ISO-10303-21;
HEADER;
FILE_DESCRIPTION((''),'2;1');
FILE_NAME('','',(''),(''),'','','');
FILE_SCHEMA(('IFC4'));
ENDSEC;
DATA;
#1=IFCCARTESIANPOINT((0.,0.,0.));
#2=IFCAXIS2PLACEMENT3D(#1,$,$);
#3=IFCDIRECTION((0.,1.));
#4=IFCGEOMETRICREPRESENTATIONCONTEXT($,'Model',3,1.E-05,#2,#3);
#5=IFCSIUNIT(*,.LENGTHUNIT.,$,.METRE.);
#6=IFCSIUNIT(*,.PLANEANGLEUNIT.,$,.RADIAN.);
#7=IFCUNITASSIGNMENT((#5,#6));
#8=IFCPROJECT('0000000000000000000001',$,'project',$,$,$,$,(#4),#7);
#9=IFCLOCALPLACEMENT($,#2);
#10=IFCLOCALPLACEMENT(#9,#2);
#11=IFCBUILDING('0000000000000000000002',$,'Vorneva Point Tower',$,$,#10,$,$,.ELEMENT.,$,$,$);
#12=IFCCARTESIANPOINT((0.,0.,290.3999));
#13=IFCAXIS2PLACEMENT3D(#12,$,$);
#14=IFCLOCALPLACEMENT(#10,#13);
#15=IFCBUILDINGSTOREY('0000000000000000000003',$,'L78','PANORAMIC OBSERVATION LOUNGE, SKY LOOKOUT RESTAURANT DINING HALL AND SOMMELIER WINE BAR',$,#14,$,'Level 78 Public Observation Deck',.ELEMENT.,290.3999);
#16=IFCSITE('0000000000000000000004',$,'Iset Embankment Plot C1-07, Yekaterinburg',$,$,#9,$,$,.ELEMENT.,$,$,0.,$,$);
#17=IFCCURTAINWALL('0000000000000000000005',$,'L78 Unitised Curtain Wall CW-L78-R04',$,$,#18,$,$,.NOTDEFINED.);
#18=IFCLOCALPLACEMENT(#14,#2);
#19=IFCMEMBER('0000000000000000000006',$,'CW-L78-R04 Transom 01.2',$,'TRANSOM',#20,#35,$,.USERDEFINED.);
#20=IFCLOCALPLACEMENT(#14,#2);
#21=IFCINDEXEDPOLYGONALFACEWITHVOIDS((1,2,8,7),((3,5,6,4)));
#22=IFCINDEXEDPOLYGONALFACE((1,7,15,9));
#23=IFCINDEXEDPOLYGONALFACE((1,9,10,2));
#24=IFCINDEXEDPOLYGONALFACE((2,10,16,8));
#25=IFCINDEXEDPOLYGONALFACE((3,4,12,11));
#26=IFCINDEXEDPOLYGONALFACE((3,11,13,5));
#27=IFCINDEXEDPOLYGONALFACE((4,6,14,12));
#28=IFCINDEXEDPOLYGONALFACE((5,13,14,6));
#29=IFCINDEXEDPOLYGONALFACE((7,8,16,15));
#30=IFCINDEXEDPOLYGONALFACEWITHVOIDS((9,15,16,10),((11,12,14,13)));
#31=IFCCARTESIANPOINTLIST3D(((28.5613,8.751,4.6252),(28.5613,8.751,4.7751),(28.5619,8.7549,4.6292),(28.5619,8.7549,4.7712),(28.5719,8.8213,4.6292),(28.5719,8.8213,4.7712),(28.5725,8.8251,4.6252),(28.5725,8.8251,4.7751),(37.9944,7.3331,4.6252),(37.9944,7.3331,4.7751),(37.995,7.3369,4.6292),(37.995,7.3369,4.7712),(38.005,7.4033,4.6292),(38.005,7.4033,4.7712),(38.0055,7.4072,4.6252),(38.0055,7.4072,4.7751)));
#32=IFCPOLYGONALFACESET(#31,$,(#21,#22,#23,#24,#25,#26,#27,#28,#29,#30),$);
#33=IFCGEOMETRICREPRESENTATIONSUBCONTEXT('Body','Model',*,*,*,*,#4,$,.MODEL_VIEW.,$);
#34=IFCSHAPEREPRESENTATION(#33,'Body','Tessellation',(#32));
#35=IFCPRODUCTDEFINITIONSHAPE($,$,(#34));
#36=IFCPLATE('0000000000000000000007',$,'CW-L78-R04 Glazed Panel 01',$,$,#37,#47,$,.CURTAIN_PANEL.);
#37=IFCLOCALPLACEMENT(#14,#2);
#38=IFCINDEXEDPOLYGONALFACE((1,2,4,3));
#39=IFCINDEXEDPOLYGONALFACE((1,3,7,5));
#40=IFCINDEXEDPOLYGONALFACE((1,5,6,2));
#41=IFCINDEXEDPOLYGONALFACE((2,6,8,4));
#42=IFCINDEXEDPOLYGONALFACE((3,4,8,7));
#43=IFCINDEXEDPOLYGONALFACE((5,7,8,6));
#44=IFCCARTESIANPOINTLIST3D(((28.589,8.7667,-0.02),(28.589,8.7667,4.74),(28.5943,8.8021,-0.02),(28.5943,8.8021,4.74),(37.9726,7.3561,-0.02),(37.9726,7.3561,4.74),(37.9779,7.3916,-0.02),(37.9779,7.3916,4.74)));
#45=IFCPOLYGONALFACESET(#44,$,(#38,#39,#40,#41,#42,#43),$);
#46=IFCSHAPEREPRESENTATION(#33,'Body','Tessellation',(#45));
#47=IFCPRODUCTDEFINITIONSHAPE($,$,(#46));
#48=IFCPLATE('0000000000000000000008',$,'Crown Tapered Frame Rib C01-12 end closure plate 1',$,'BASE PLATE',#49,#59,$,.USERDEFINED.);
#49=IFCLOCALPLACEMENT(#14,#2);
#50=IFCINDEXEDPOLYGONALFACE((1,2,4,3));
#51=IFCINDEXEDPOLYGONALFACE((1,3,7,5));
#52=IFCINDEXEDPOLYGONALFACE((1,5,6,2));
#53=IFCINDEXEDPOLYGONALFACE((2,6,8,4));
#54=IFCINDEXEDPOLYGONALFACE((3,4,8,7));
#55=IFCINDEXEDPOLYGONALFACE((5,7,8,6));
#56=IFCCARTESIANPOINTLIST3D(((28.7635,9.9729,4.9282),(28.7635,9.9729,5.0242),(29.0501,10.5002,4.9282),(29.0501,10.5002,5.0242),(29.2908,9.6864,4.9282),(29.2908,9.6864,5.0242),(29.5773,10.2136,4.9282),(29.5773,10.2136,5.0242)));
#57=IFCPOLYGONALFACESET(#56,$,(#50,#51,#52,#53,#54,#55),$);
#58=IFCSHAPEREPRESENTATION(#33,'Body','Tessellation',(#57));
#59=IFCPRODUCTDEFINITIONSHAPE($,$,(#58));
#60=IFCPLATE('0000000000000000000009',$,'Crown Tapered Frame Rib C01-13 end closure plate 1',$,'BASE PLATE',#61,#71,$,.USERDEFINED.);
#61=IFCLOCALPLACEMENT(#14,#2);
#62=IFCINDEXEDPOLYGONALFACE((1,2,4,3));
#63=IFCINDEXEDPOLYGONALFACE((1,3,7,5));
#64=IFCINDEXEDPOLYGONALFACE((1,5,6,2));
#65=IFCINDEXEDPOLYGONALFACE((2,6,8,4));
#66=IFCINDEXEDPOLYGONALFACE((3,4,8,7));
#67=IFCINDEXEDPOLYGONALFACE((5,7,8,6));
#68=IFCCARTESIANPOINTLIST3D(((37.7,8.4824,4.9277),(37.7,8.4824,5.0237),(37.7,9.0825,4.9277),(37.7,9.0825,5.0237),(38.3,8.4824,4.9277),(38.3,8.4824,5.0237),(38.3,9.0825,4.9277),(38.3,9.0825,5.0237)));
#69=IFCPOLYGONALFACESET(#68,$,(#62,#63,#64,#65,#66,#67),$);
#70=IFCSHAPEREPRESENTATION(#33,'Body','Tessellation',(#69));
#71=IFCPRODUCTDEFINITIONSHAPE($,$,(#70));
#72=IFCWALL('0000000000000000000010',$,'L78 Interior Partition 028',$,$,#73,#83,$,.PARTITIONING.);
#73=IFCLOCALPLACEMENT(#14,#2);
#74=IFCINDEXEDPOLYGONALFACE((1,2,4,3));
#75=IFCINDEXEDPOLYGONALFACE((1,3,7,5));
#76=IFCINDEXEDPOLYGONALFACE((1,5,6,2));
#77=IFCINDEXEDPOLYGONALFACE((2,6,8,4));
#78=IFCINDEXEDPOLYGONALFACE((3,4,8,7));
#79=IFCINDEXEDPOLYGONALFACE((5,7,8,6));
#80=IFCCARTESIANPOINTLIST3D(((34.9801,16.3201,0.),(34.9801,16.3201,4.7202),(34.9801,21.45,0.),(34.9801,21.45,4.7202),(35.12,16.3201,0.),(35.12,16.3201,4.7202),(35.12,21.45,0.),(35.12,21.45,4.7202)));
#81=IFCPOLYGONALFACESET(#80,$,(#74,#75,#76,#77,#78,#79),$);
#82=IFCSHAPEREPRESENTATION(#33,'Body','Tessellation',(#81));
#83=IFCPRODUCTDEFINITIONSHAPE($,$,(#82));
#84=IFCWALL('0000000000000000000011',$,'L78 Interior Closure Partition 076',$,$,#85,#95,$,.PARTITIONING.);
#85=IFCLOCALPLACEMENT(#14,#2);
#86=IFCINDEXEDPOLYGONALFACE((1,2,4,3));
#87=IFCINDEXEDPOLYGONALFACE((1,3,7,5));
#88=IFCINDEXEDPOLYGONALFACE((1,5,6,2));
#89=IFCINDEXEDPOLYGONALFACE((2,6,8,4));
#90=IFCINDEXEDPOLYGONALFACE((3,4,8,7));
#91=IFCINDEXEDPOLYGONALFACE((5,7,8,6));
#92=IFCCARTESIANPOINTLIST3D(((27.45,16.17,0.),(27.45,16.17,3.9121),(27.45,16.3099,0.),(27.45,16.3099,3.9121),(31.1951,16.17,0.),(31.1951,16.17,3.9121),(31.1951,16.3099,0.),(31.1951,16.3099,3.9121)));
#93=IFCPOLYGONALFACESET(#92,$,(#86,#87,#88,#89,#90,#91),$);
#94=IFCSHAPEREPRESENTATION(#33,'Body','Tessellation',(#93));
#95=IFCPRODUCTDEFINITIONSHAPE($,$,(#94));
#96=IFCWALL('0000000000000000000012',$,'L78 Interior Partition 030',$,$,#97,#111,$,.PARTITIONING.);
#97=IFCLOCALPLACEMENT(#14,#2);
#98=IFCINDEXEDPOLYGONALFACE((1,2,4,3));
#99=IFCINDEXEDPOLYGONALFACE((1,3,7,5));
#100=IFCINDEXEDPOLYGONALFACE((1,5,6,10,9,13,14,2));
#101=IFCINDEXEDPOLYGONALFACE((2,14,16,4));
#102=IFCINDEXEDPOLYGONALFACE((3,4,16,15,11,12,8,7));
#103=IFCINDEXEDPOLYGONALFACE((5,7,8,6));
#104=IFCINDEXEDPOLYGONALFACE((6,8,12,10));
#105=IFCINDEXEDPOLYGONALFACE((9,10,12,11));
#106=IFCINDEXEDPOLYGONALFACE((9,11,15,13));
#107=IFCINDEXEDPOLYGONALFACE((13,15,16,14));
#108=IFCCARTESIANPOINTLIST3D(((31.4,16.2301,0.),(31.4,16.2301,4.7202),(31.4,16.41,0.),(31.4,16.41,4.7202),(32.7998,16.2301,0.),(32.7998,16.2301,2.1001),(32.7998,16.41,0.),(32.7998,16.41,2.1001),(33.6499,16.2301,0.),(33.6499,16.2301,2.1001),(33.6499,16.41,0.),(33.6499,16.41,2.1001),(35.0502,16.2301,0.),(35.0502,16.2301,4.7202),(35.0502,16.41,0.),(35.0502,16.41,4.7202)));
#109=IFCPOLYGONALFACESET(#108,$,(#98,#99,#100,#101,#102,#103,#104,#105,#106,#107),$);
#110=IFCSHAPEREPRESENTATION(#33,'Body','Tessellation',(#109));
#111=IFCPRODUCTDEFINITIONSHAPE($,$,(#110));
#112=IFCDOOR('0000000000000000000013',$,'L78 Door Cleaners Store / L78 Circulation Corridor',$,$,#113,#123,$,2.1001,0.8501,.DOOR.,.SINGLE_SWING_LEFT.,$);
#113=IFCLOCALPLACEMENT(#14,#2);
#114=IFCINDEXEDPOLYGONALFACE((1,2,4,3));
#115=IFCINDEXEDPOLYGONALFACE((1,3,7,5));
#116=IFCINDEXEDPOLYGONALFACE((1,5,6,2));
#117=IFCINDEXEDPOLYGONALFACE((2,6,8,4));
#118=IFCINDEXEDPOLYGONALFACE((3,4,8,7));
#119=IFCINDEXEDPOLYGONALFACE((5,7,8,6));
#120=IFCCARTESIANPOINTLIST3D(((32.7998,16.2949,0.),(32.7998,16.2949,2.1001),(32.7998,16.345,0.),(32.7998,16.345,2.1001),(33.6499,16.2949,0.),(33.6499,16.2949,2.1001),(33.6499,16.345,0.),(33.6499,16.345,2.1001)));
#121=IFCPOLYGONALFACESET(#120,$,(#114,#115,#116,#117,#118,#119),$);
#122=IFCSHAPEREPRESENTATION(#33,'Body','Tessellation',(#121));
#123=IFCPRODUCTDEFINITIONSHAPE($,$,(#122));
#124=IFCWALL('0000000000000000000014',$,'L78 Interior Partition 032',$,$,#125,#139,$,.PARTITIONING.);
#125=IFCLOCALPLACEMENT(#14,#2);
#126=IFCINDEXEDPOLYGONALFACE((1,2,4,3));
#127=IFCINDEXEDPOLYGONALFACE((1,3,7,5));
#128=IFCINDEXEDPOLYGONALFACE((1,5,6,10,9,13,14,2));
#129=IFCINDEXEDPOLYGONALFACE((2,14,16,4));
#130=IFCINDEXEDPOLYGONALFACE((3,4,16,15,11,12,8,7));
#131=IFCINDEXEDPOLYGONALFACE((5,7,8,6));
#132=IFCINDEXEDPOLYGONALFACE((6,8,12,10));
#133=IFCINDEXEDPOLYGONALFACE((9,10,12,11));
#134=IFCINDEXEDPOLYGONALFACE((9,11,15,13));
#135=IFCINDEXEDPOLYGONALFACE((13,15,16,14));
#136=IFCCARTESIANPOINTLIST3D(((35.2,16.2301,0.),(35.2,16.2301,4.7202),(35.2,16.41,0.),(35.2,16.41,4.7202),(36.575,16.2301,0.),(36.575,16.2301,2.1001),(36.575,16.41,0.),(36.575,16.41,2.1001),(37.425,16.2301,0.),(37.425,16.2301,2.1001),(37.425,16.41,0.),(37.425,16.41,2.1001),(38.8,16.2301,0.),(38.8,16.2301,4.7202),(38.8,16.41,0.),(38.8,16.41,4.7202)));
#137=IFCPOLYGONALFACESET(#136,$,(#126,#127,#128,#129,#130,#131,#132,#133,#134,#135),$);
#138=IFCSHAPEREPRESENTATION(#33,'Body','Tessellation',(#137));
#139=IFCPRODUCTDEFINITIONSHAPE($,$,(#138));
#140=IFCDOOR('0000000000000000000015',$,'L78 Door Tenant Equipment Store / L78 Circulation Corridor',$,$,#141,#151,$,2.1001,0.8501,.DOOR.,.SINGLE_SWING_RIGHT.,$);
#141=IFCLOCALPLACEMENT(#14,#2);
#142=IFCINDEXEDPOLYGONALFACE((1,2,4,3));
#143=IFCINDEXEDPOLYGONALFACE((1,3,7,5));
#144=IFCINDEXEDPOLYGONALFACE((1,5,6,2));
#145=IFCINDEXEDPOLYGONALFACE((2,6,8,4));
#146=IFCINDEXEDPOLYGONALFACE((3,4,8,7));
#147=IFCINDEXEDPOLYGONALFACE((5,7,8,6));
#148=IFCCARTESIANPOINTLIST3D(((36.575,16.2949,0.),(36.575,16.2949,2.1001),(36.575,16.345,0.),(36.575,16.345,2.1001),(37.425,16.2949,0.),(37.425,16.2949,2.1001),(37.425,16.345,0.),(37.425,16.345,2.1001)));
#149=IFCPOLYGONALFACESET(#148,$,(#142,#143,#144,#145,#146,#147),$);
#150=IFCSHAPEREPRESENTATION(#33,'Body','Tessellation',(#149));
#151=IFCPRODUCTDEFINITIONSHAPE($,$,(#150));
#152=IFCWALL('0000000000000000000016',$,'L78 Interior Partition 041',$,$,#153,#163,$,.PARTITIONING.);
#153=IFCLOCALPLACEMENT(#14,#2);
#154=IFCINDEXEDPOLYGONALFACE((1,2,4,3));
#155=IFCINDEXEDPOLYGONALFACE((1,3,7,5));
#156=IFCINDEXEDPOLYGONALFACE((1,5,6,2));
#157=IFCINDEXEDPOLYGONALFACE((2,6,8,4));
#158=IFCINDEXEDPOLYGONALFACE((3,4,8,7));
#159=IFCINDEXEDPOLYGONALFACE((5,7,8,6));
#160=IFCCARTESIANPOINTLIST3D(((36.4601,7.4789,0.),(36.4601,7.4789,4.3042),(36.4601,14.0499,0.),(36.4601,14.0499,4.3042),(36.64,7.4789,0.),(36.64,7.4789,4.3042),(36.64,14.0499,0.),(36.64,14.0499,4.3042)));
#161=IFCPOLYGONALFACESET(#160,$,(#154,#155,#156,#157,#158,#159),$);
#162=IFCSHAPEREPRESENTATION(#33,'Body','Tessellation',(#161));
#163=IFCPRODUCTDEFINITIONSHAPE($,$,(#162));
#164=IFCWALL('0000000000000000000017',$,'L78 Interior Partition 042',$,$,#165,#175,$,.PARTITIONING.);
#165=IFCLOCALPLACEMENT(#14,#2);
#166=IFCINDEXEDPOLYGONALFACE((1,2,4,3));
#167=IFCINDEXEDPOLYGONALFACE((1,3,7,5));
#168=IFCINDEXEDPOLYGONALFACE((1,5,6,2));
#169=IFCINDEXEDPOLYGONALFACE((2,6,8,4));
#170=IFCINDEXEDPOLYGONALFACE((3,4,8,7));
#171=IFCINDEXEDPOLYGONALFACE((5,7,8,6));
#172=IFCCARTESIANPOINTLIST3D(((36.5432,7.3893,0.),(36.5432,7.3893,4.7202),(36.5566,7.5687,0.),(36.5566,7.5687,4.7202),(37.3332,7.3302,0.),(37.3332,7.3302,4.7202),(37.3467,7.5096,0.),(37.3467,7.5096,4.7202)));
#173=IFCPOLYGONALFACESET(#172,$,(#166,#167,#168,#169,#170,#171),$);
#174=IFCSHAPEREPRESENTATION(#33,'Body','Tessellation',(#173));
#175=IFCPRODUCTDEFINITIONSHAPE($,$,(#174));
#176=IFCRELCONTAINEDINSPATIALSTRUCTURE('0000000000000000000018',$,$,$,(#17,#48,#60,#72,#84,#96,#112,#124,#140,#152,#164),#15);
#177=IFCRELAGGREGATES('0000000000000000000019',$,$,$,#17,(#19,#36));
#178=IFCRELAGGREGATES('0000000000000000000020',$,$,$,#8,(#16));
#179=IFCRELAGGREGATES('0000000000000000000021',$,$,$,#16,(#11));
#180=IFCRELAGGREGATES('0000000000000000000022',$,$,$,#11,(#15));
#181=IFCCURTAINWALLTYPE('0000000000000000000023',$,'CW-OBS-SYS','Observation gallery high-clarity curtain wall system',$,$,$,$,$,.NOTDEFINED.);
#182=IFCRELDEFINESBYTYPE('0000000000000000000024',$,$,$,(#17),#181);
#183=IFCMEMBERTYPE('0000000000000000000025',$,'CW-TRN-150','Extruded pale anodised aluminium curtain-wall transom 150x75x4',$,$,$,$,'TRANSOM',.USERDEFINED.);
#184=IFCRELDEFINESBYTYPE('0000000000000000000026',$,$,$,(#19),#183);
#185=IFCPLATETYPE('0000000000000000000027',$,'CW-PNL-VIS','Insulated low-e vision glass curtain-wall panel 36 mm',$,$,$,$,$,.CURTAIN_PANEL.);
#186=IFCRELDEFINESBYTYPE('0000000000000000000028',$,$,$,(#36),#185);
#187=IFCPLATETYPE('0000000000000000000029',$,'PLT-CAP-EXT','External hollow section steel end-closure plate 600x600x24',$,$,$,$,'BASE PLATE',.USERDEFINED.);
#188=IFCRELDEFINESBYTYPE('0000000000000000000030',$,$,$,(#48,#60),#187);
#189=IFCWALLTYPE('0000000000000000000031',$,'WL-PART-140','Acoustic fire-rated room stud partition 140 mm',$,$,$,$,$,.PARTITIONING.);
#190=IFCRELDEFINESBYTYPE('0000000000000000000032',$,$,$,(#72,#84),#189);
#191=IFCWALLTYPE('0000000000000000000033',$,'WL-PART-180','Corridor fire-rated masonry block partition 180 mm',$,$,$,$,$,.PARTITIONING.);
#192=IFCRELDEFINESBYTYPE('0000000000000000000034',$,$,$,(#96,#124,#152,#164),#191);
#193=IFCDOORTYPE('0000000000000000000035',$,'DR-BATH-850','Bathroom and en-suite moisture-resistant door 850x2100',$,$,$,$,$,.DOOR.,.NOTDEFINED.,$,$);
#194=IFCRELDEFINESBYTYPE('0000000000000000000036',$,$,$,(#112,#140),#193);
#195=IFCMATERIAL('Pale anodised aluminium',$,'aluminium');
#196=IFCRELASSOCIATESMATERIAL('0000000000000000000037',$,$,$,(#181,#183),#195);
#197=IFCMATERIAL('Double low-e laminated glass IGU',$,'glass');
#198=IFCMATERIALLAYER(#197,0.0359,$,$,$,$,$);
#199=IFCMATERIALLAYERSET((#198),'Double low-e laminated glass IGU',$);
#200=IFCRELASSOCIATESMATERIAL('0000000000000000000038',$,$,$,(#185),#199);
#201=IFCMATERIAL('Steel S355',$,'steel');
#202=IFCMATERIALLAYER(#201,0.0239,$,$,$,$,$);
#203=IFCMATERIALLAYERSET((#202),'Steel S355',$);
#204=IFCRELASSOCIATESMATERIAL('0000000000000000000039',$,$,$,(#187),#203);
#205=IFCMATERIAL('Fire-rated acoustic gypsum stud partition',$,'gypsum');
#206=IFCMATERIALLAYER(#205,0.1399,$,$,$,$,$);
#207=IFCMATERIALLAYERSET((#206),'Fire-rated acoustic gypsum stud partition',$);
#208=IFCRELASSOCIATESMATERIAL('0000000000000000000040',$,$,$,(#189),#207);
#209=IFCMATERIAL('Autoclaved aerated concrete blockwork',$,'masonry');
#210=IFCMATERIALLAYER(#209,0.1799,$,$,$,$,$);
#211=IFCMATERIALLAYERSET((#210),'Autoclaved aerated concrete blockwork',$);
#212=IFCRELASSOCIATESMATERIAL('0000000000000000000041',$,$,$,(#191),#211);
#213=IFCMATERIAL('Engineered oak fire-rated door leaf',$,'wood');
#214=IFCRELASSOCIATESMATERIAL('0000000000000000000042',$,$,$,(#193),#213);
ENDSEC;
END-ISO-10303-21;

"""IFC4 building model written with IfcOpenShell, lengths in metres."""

from ifc_helpers import new_model, si_unit, direction, frame, frame_2d, origin, origin_2d, place, context, subcontext, project, spatial, rectangle, hollow_rectangle, extrude, material, layer, layer_set, material_profile, profile_set, type_object, element, fill, aggregate, save


model = new_model("IFC4")

# Units and contexts
model_context = context("Model", 3, precision=1e-05, world=origin(), true_north=direction((0.0, 1.0)))
body_context = subcontext(model_context, "Body", "Model", "MODEL_VIEW")
ifc_project = project(units=[si_unit("LENGTHUNIT", "METRE"), si_unit("PLANEANGLEUNIT", "RADIAN")], contexts=[model_context])

# Site, building, storey
site_placement = place(None, origin())
site = spatial("IfcSite", under=ifc_project, at=site_placement, Name="Iset Embankment Plot C1-07, Yekaterinburg", CompositionType="ELEMENT", RefElevation=0.0)
building_placement = place(site_placement, origin())
building = spatial("IfcBuilding", under=site, at=building_placement, Name="Vorneva Point Tower", CompositionType="ELEMENT")
storey_placement = place(building_placement, frame((0.0, 0.0, 290.3999)))
storey = spatial("IfcBuildingStorey", under=building, at=storey_placement, Name="L78", Description="PANORAMIC OBSERVATION LOUNGE, SKY LOOKOUT RESTAURANT DINING HALL AND SOMMELIER WINE BAR", LongName="Level 78 Public Observation Deck", CompositionType="ELEMENT", Elevation=290.3999)

# Shared definitions
ifc_material_1 = material(Name="Steel S355", Category="steel")

# Curtain wall, member, plate
ifc_material_2 = material(Name="Pale anodised aluminium", Category="aluminium")
curtain_wall_type = type_object("IfcCurtainWallType", Name="CW-OBS-SYS", Description="Observation gallery high-clarity curtain wall system", PredefinedType="NOTDEFINED", material=ifc_material_2)
curtain_wall_placement = place(storey_placement, origin())
curtain_wall = element("IfcCurtainWall", 1, at=curtain_wall_placement, inside=storey, type_object=curtain_wall_type, Name="L78 Unitised Curtain Wall CW-L78-R04", PredefinedType="NOTDEFINED")
ifc_material_profile_1 = material_profile(ifc_material_2, hollow_rectangle(XDim=0.075, YDim=0.1499, WallThickness=0.0039, at=origin_2d()), Name="AL-TRN 150x75x4")
ifc_profile_set_1 = profile_set([ifc_material_profile_1], Name="Pale anodised aluminium")
member_type_1 = type_object("IfcMemberType", Name="CW-TRN-150", Description="Extruded pale anodised aluminium curtain-wall transom 150x75x4", ElementType="TRANSOM", PredefinedType="USERDEFINED", material=ifc_profile_set_1)
member_1_placement = place(storey_placement, frame((28.5669, 8.7881, 4.7002), z_axis=(0.98889, -0.148648, 0.0), x_axis=(0.148648, 0.98889, 0.0)))
member_1 = element("IfcMember", 2, at=member_1_placement, type_object=member_type_1, Name="CW-L78-R04 Transom 01.2", ObjectType="TRANSOM", PredefinedType="USERDEFINED", context=body_context, shape_type="SweptSolid", body=[
    extrude(hollow_rectangle(XDim=0.075, YDim=0.1499, WallThickness=0.0039, at=origin_2d()), origin(), (0.0, 0.0, 1.0), 9.5391),
])
ifc_material_3 = material(Name="Double low-e laminated glass IGU", Category="glass")
ifc_layer_1 = layer(ifc_material_3, 0.0359)
ifc_layer_set_1 = layer_set([ifc_layer_1], Name="Double low-e laminated glass IGU")
plate_type_1 = type_object("IfcPlateType", Name="CW-PNL-VIS", Description="Insulated low-e vision glass curtain-wall panel 36 mm", PredefinedType="CURTAIN_PANEL", material=ifc_layer_set_1)
plate_placement = place(storey_placement, frame((33.2834, 8.0791, -0.02), z_axis=(0.0, 0.0, 1.0), x_axis=(0.988889, -0.148655, 0.0)))
plate = element("IfcPlate", 3, at=plate_placement, type_object=plate_type_1, Name="CW-L78-R04 Glazed Panel 01", PredefinedType="CURTAIN_PANEL", context=body_context, shape_type="SweptSolid", body=[
    extrude(rectangle(XDim=9.489, YDim=0.0359, at=origin_2d()), origin(), (0.0, 0.0, 1.0), 4.76),
])
aggregate(curtain_wall, [member_1, plate])

# Plates
ifc_layer_2 = layer(ifc_material_1, 0.0239)
ifc_layer_set_2 = layer_set([ifc_layer_2], Name="Steel S355")
plate_type_2 = type_object("IfcPlateType", Name="PLT-CAP-EXT", Description="External hollow section steel end-closure plate 600x600x24", ElementType="BASE PLATE", PredefinedType="USERDEFINED", material=ifc_layer_set_2)
for number, where, z_axis, x_axis, name in (
    (4, (29.1704, 10.0933, 4.9282), (0.0, 0.0, 1.0), (0.477527, 0.878617, 0.0), "Crown Tapered Frame Rib C01-12 end closure plate 1"),
    (5, (38.0, 8.7825, 4.9277), (0.0, 0.0, 1.0), (0.0, 1.0, 0.0), "Crown Tapered Frame Rib C01-13 end closure plate 1"),
):
    element("IfcPlate", number, at=place(storey_placement, frame(where, z_axis=z_axis, x_axis=x_axis)), inside=storey, type_object=plate_type_2, Name=name, ObjectType="BASE PLATE", PredefinedType="USERDEFINED", context=body_context, shape_type="SweptSolid", body=[
        extrude(rectangle(XDim=0.6001, YDim=0.6001, at=origin_2d()), origin(), (0.0, 0.0, 1.0), 0.0959),
    ])

# Walls
ifc_material_4 = material(Name="Fire-rated acoustic gypsum stud partition", Category="gypsum")
ifc_layer_3 = layer(ifc_material_4, 0.1399)
ifc_layer_set_3 = layer_set([ifc_layer_3], Name="Fire-rated acoustic gypsum stud partition")
wall_type_1 = type_object("IfcWallType", Name="WL-PART-140", Description="Acoustic fire-rated room stud partition 140 mm", PredefinedType="PARTITIONING", material=ifc_layer_set_3)
wall_1_placement = place(storey_placement, frame((35.05, 16.3201, 0.0), z_axis=(0.0, 0.0, 1.0), x_axis=(0.0, 1.0, 0.0)))
element("IfcWall", 6, at=wall_1_placement, inside=storey, type_object=wall_type_1, Name="L78 Interior Partition 028", PredefinedType="PARTITIONING", context=body_context, shape_type="SweptSolid", body=[
    extrude(rectangle(XDim=5.1299, YDim=0.1399, at=frame_2d((2.5649, 0.0))), origin(), (0.0, 0.0, 1.0), 4.7202),
])
wall_2_placement = place(storey_placement, frame((27.45, 16.24, 0.0), z_axis=(0.0, 0.0, 1.0), x_axis=(1.0, 0.0, 0.0)))
element("IfcWall", 7, at=wall_2_placement, inside=storey, type_object=wall_type_1, Name="L78 Interior Closure Partition 076", PredefinedType="PARTITIONING", context=body_context, shape_type="SweptSolid", body=[
    extrude(rectangle(XDim=3.7451, YDim=0.1399, at=frame_2d((1.8726, 0.0))), origin(), (0.0, 0.0, 1.0), 3.9121),
])

# Walls, openings, doors
ifc_material_5 = material(Name="Autoclaved aerated concrete blockwork", Category="masonry")
ifc_layer_4 = layer(ifc_material_5, 0.1799)
ifc_layer_set_4 = layer_set([ifc_layer_4], Name="Autoclaved aerated concrete blockwork")
wall_type_2 = type_object("IfcWallType", Name="WL-PART-180", Description="Corridor fire-rated masonry block partition 180 mm", PredefinedType="PARTITIONING", material=ifc_layer_set_4)
wall_3_placement = place(storey_placement, frame((31.3999, 16.3201, 0.0), z_axis=(0.0, 0.0, 1.0), x_axis=(1.0, 0.0, 0.0)))
wall_3 = element("IfcWall", 8, at=wall_3_placement, inside=storey, type_object=wall_type_2, Name="L78 Interior Partition 030", PredefinedType="PARTITIONING", context=body_context, shape_type="SweptSolid", body=[
    extrude(rectangle(XDim=3.6501, YDim=0.1799, at=frame_2d((1.8252, 0.0))), origin(), (0.0, 0.0, 1.0), 4.7202),
])
opening_1_placement = place(wall_3_placement, frame((1.3999, 0.0, 0.0)))
opening_1 = element("IfcOpeningElement", 9, at=opening_1_placement, cuts=wall_3, PredefinedType="OPENING", context=body_context, shape_type="SweptSolid", body=[
    extrude(rectangle(XDim=0.8501, YDim=2.1001, at=frame_2d((0.425, 1.05))), frame((0.0, 0.105, 0.0), z_axis=(0.0, -1.0, 0.0), x_axis=(1.0, 0.0, 0.0)), (0.0, 0.0, 1.0), 0.2097),
])
ifc_material_6 = material(Name="Engineered oak fire-rated door leaf", Category="wood")
door_type = type_object("IfcDoorType", Name="DR-BATH-850", Description="Bathroom and en-suite moisture-resistant door 850x2100", OperationType="NOTDEFINED", PredefinedType="DOOR", material=ifc_material_6)
door_1_placement = place(opening_1_placement, origin())
door_1 = element("IfcDoor", 10, at=door_1_placement, inside=storey, type_object=door_type, Name="L78 Door Cleaners Store / L78 Circulation Corridor", OperationType="SINGLE_SWING_LEFT", OverallHeight=2.1001, OverallWidth=0.8501, PredefinedType="DOOR", context=body_context, shape_type="SweptSolid", body=[
    extrude(rectangle(XDim=0.8501, YDim=2.1001, at=frame_2d((0.425, 1.05))), frame((0.0, 0.0249, 0.0), z_axis=(0.0, -1.0, 0.0), x_axis=(1.0, 0.0, 0.0)), (0.0, 0.0, 1.0), 0.05),
])
fill(opening_1, door_1)
wall_4_placement = place(storey_placement, frame((35.2, 16.3201, 0.0), z_axis=(0.0, 0.0, 1.0), x_axis=(1.0, 0.0, 0.0)))
wall_4 = element("IfcWall", 11, at=wall_4_placement, inside=storey, type_object=wall_type_2, Name="L78 Interior Partition 032", PredefinedType="PARTITIONING", context=body_context, shape_type="SweptSolid", body=[
    extrude(rectangle(XDim=3.6001, YDim=0.1799, at=frame_2d((1.8, 0.0))), origin(), (0.0, 0.0, 1.0), 4.7202),
])
opening_2_placement = place(wall_4_placement, frame((1.375, 0.0, 0.0)))
opening_2 = element("IfcOpeningElement", 12, at=opening_2_placement, cuts=wall_4, PredefinedType="OPENING", context=body_context, shape_type="SweptSolid", body=[
    extrude(rectangle(XDim=0.8501, YDim=2.1001, at=frame_2d((0.425, 1.05))), frame((0.0, 0.105, 0.0), z_axis=(0.0, -1.0, 0.0), x_axis=(1.0, 0.0, 0.0)), (0.0, 0.0, 1.0), 0.2097),
])
door_2_placement = place(opening_2_placement, origin())
door_2 = element("IfcDoor", 13, at=door_2_placement, inside=storey, type_object=door_type, Name="L78 Door Tenant Equipment Store / L78 Circulation Corridor", OperationType="SINGLE_SWING_RIGHT", OverallHeight=2.1001, OverallWidth=0.8501, PredefinedType="DOOR", context=body_context, shape_type="SweptSolid", body=[
    extrude(rectangle(XDim=0.8501, YDim=2.1001, at=frame_2d((0.425, 1.05))), frame((0.0, 0.0249, 0.0), z_axis=(0.0, -1.0, 0.0), x_axis=(1.0, 0.0, 0.0)), (0.0, 0.0, 1.0), 0.05),
])
fill(opening_2, door_2)

# Walls
wall_5_placement = place(storey_placement, frame((36.55, 14.05, 0.0), z_axis=(0.0, 0.0, 1.0), x_axis=(0.0, -1.0, 0.0)))
element("IfcWall", 14, at=wall_5_placement, inside=storey, type_object=wall_type_2, Name="L78 Interior Partition 041", PredefinedType="PARTITIONING", context=body_context, shape_type="SweptSolid", body=[
    extrude(rectangle(XDim=6.571, YDim=0.1799, at=frame_2d((3.2856, 0.0))), origin(), (0.0, 0.0, 1.0), 4.3042),
])
wall_6_placement = place(storey_placement, frame((36.55, 7.479, 0.0), z_axis=(0.0, 0.0, 1.0), x_axis=(0.997215, -0.074575, 0.0)))
element("IfcWall", 15, at=wall_6_placement, inside=storey, type_object=wall_type_2, Name="L78 Interior Partition 042", PredefinedType="PARTITIONING", context=body_context, shape_type="SweptSolid", body=[
    extrude(rectangle(XDim=0.7922, YDim=0.1799, at=frame_2d((0.396, 0.0))), origin(), (0.0, 0.0, 1.0), 4.7202),
])

save(model, "model.ifc")
